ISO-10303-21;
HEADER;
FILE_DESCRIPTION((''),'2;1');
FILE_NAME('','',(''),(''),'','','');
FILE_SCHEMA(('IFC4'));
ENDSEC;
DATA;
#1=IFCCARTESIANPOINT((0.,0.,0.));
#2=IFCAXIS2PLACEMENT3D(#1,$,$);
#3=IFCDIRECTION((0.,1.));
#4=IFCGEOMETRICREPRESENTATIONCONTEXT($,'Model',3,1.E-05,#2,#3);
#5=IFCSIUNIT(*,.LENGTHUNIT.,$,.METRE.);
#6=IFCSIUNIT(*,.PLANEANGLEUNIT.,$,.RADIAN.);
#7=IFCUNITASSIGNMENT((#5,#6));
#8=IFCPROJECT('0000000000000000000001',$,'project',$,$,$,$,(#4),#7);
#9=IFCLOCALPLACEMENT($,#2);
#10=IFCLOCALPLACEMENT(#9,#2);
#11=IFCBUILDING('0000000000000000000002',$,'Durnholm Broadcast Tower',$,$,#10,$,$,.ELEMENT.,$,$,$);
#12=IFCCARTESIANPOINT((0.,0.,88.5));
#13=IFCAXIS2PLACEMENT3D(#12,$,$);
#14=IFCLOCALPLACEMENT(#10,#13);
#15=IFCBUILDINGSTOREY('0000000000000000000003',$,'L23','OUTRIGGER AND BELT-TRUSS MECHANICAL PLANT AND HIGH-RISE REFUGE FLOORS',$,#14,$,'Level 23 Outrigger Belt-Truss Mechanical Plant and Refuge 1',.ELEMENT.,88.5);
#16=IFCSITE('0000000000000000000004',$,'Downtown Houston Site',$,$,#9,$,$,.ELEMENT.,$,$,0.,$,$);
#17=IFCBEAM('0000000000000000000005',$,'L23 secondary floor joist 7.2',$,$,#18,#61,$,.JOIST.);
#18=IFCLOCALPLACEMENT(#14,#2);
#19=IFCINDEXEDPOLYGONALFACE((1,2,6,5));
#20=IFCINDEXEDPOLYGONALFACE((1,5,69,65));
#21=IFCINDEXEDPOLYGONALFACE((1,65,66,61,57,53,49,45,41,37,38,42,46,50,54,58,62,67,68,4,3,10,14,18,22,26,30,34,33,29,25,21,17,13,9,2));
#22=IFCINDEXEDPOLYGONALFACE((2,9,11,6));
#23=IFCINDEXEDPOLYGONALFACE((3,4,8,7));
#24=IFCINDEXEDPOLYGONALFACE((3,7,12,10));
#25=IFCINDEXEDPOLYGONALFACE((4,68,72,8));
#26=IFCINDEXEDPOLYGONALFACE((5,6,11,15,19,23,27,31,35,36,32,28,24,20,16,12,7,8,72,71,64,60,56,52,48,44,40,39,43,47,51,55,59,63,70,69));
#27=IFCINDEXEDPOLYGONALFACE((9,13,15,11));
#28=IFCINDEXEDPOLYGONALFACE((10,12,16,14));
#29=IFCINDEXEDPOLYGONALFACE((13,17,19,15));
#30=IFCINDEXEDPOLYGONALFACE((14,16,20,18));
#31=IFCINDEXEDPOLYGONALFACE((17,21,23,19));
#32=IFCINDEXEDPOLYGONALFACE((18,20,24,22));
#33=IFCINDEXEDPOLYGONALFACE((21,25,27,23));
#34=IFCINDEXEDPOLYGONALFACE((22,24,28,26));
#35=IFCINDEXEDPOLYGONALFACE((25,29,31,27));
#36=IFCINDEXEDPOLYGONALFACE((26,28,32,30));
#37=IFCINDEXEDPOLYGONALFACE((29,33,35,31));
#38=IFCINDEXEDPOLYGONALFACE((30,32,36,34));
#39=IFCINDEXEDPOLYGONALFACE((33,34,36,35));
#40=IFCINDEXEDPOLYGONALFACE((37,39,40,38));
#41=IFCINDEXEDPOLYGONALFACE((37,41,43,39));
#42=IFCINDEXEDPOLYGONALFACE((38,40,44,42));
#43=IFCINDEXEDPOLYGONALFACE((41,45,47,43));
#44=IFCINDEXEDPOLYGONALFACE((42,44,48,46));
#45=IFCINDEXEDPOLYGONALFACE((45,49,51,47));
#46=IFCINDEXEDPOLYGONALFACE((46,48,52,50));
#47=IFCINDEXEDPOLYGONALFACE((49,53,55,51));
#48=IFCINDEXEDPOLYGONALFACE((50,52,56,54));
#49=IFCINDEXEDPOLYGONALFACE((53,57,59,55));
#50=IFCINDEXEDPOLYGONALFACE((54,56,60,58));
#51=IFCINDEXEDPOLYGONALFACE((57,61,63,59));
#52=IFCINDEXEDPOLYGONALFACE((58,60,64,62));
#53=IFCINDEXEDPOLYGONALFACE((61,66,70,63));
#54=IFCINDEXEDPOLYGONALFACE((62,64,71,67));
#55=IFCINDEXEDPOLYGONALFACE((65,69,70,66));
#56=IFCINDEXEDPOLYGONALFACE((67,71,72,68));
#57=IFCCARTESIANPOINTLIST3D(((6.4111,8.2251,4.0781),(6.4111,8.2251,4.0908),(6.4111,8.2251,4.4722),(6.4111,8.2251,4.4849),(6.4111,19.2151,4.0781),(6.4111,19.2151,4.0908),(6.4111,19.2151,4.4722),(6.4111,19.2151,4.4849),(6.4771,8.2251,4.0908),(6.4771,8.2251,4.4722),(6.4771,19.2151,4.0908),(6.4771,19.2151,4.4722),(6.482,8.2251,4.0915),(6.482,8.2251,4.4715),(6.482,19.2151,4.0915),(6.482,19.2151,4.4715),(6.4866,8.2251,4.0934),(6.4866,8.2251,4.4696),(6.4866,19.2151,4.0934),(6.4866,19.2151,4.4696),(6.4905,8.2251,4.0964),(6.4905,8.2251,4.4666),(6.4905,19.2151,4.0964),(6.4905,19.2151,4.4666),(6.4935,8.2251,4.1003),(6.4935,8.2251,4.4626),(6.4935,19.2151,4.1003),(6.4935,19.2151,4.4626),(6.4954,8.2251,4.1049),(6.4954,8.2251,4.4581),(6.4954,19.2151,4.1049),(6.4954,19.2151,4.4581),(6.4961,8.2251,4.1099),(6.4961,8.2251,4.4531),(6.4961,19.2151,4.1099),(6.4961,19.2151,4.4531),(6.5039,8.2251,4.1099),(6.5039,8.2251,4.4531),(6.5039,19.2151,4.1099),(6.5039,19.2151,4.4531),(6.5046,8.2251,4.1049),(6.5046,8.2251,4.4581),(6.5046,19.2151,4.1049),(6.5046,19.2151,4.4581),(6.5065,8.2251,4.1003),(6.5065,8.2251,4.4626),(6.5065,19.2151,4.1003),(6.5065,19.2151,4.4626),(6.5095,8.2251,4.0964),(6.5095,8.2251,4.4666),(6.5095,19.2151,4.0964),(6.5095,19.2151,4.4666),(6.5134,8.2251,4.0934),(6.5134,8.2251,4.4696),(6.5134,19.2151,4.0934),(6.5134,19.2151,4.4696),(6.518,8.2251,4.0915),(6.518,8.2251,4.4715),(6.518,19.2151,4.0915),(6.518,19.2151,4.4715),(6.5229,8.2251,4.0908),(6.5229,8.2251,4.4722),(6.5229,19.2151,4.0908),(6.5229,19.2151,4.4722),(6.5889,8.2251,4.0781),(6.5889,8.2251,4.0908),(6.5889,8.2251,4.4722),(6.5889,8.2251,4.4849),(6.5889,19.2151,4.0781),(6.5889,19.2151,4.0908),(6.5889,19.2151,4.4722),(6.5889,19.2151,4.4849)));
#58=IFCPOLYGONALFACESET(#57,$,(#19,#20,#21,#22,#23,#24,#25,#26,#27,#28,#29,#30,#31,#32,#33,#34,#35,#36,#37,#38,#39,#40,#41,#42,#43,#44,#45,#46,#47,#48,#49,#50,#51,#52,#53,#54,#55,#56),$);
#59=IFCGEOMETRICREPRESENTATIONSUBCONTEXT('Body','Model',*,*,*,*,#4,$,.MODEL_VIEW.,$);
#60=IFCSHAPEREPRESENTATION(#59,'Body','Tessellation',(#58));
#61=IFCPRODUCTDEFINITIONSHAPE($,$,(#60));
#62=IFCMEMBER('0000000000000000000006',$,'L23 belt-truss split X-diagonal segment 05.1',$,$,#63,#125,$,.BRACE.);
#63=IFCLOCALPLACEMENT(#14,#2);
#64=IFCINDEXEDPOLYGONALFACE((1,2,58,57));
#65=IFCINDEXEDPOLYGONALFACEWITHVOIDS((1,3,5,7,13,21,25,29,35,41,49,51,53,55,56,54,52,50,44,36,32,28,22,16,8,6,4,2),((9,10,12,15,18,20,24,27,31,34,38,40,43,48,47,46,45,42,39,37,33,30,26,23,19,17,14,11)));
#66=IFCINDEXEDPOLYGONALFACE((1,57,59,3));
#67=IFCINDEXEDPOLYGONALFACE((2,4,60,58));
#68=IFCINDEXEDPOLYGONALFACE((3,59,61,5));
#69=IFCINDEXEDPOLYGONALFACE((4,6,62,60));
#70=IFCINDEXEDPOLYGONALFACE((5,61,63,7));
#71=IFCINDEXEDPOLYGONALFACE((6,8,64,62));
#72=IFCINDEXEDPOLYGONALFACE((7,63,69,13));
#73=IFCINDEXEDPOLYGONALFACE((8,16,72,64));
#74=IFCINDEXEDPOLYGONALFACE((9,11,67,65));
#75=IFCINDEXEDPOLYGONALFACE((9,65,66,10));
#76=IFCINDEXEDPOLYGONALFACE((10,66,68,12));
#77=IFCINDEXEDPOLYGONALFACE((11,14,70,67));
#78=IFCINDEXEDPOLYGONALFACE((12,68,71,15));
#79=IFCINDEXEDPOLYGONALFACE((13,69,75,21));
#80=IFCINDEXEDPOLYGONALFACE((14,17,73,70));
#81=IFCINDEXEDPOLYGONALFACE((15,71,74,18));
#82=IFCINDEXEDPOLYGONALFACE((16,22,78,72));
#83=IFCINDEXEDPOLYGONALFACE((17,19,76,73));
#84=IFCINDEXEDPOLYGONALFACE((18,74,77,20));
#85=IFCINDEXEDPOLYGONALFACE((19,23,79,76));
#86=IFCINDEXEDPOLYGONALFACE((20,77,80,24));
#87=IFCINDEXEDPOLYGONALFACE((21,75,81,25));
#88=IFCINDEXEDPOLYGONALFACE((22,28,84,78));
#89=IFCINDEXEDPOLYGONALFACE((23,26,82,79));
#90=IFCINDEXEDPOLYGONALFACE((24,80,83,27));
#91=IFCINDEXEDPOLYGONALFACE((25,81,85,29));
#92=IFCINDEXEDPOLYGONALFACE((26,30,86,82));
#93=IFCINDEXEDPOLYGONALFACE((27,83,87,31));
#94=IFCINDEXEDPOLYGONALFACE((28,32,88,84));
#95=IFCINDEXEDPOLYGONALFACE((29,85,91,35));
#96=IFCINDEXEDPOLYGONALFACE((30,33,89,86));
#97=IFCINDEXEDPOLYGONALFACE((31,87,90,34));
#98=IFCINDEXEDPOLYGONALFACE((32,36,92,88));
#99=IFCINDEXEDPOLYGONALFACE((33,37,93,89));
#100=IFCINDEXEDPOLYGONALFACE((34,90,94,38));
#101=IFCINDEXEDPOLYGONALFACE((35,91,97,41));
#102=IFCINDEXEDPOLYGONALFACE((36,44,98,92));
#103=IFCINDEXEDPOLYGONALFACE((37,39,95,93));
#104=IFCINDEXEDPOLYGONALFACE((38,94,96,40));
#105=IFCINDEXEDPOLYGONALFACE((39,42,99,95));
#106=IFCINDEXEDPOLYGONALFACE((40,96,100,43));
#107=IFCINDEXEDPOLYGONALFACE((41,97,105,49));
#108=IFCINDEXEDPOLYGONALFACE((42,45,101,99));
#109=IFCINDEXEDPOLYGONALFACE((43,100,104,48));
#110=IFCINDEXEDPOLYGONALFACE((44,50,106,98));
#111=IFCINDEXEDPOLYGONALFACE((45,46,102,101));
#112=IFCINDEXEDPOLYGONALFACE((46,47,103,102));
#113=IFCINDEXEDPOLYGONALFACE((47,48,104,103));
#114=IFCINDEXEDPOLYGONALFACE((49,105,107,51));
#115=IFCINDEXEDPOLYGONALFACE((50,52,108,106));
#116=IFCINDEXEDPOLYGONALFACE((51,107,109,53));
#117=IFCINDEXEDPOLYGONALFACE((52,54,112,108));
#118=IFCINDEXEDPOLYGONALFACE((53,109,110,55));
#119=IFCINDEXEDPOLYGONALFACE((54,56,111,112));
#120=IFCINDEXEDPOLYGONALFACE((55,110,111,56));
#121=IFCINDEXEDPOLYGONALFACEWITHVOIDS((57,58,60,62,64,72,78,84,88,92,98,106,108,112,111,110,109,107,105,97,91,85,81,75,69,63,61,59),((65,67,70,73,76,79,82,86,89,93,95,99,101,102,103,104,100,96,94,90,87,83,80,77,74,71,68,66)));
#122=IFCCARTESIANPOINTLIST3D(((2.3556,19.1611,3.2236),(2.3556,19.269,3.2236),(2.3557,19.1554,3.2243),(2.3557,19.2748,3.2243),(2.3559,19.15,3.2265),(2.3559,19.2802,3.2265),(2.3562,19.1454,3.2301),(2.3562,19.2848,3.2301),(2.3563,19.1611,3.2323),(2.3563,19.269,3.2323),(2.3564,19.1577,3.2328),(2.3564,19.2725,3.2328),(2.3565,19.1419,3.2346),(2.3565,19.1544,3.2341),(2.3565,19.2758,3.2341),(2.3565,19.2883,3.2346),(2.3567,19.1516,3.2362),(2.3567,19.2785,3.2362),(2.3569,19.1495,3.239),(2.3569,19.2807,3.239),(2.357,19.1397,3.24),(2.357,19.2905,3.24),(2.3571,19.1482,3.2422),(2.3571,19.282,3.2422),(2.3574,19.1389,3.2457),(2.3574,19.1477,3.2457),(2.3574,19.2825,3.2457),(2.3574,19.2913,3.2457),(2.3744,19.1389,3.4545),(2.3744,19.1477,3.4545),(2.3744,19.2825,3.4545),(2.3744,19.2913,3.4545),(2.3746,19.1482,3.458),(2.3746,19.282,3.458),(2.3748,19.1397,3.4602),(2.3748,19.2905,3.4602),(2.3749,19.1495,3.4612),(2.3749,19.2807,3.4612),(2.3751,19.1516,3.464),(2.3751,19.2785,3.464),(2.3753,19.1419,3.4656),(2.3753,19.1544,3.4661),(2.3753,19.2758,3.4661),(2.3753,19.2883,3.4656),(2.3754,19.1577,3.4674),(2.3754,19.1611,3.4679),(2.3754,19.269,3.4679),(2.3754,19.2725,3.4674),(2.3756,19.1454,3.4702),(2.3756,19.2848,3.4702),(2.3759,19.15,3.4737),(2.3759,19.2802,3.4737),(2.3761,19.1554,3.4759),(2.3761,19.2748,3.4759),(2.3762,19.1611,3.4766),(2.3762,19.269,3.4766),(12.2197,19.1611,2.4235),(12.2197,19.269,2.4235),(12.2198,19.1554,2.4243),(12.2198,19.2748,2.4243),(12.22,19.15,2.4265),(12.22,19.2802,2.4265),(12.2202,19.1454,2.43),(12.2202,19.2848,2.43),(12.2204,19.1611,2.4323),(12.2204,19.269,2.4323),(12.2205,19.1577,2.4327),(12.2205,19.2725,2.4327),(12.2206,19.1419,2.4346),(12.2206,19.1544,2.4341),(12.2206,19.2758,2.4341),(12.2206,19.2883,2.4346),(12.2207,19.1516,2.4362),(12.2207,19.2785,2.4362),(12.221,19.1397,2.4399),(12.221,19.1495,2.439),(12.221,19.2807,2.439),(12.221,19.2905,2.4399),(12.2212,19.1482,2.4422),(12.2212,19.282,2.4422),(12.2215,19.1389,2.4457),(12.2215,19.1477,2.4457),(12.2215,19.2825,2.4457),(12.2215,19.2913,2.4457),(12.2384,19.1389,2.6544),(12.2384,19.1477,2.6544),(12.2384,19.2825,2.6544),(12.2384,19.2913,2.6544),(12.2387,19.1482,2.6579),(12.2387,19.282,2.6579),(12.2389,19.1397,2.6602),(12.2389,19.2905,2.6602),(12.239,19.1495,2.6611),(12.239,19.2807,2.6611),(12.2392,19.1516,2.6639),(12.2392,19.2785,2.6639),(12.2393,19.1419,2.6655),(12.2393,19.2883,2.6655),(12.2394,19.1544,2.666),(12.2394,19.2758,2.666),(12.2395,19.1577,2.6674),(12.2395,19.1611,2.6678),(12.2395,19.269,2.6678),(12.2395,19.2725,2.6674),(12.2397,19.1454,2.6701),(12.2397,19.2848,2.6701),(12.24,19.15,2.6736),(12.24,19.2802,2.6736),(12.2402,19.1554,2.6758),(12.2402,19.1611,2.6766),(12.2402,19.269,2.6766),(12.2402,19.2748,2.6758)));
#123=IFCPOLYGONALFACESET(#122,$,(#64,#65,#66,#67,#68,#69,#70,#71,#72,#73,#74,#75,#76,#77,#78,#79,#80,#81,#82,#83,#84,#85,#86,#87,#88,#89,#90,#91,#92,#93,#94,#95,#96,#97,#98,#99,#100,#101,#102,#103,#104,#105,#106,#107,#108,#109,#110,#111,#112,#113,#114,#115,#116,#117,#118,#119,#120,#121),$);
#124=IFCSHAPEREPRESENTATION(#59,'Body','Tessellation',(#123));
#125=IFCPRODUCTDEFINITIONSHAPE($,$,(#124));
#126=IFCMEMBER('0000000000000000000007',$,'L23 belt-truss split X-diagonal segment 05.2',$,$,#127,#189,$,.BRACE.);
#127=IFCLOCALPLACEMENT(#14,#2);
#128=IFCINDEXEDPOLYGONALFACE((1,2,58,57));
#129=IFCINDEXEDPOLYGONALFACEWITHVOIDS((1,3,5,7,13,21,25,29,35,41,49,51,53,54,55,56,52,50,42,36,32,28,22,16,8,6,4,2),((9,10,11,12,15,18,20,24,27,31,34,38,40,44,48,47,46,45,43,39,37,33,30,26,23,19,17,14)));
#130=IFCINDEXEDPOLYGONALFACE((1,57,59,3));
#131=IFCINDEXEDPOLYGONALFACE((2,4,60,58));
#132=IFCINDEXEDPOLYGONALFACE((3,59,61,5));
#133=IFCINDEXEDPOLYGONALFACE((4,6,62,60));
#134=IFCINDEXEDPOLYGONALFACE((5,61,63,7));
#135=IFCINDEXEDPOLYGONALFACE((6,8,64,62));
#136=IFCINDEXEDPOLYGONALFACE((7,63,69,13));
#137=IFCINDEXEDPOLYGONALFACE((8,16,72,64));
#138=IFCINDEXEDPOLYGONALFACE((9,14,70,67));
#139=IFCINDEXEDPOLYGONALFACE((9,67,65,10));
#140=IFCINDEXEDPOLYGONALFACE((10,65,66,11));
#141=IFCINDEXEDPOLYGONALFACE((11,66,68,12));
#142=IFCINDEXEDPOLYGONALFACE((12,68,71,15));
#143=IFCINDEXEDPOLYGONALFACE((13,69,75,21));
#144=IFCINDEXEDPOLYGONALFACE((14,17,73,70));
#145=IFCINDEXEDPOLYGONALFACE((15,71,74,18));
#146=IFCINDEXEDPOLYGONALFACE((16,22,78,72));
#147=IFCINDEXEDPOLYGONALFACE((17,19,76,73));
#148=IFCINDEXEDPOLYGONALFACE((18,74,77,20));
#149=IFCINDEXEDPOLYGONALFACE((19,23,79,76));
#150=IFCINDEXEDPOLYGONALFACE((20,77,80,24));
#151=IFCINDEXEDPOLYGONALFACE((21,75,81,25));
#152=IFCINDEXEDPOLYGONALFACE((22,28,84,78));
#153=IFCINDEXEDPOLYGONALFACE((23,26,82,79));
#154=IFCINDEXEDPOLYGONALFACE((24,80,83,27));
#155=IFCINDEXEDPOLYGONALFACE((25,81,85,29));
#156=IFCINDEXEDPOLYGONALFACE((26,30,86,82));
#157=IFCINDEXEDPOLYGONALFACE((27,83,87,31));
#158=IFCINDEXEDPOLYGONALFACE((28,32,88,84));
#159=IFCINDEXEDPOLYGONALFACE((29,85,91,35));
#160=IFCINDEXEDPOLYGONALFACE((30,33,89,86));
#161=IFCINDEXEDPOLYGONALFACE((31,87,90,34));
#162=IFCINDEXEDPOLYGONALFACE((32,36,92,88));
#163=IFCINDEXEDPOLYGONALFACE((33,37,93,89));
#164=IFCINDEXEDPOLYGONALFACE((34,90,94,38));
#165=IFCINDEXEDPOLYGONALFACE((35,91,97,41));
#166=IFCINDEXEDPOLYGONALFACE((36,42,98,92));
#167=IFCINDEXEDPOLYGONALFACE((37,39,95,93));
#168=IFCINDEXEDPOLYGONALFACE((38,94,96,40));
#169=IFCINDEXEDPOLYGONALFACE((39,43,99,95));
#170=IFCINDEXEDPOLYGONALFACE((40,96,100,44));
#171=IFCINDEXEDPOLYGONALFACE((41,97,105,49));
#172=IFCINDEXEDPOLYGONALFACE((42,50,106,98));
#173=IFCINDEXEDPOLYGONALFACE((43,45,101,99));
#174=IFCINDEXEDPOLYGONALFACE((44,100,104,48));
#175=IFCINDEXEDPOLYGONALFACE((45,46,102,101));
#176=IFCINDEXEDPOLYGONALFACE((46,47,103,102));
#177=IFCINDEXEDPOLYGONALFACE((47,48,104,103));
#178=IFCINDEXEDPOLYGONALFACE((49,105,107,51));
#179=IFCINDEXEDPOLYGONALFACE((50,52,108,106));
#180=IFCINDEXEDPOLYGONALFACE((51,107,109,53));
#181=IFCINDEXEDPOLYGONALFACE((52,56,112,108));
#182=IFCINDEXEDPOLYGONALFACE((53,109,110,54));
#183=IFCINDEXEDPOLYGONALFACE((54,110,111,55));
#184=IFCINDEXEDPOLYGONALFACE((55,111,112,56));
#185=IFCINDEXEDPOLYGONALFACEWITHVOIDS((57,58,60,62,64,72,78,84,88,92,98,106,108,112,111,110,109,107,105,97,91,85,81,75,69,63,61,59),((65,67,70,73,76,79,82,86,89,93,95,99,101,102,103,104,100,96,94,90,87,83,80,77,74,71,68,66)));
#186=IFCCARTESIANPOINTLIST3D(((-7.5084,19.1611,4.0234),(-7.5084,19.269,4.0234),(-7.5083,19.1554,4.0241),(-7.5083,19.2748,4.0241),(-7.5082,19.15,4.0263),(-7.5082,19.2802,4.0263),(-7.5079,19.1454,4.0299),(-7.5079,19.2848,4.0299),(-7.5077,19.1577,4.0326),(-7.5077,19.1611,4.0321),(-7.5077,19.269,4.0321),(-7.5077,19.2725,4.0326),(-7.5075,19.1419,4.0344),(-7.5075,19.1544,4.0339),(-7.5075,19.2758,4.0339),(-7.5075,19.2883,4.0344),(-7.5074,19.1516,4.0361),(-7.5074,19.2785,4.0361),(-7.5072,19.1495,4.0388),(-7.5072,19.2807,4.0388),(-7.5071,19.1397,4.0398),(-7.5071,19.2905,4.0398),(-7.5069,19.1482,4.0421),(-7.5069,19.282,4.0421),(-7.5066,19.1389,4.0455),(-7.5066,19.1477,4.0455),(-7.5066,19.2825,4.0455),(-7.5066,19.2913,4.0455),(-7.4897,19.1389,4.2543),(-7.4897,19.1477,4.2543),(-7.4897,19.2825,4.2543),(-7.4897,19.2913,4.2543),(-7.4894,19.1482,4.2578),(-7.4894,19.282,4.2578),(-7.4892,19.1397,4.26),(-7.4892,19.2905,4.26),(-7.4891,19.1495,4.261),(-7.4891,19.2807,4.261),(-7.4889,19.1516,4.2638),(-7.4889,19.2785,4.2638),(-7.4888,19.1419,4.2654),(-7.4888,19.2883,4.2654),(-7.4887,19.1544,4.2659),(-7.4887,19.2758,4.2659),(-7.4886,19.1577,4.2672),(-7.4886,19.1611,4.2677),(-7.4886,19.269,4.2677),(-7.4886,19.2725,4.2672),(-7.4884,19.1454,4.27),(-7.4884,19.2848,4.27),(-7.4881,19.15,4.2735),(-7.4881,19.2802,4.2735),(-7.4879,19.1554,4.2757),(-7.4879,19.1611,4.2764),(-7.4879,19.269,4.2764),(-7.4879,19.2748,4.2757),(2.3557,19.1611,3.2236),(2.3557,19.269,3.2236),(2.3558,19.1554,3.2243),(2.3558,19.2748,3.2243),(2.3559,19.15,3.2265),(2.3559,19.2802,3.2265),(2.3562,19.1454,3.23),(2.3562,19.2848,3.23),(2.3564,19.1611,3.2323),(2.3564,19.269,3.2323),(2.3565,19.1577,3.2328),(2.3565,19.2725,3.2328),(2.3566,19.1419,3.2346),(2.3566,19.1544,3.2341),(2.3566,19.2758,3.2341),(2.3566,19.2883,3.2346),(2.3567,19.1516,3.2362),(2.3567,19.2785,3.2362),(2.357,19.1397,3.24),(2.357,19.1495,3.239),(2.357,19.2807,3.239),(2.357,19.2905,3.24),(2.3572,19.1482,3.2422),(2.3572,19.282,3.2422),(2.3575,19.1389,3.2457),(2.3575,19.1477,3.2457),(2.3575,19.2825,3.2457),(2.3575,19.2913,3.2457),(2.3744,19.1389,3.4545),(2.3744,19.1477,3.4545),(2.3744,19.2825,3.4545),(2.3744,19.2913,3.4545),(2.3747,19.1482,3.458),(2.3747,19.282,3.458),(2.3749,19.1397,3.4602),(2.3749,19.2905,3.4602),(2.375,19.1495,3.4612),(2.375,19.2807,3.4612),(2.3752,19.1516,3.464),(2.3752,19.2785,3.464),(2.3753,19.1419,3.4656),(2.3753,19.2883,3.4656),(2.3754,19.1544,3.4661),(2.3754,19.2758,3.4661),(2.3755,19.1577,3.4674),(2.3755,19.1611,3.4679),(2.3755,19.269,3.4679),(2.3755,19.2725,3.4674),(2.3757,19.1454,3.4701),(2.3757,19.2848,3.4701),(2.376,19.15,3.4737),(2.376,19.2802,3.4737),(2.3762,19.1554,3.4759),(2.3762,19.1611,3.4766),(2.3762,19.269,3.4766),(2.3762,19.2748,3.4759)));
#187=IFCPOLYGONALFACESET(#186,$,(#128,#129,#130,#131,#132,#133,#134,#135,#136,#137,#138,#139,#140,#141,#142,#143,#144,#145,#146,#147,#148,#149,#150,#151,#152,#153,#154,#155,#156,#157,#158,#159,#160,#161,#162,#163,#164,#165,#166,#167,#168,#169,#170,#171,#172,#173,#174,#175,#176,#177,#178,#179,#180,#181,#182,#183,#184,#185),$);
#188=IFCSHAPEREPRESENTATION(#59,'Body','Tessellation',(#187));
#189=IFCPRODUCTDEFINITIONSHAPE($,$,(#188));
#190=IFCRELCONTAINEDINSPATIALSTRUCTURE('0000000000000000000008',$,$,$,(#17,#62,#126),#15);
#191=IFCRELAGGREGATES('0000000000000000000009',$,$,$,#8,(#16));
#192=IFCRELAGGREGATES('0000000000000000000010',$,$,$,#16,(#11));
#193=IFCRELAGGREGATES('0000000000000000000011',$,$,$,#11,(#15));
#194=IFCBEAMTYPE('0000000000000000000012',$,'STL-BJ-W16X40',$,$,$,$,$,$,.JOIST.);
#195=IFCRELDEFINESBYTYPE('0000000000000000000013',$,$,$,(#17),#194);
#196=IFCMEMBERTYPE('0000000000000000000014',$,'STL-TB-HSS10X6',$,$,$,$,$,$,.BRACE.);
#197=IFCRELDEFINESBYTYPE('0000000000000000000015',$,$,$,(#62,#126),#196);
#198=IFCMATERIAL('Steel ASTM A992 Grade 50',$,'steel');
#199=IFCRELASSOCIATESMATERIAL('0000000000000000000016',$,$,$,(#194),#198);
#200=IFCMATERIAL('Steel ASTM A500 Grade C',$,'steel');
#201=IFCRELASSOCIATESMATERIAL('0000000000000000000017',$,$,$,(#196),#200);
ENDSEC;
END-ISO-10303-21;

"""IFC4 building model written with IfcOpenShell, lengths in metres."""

from ifc_helpers import new_model, si_unit, direction, frame, origin, origin_2d, place, context, subcontext, project, spatial, hollow_rectangle, i_section, extrude, source, transform, mapped, material, material_profile, profile_set, type_object, type_shapes, element, save


model = new_model("IFC4")

# Units and contexts
model_context = context("Model", 3, precision=1e-05, world=origin(), true_north=direction((0.0, 1.0)))
body_context = subcontext(model_context, "Body", "Model", "MODEL_VIEW")
ifc_project = project(units=[si_unit("LENGTHUNIT", "METRE"), si_unit("PLANEANGLEUNIT", "RADIAN")], contexts=[model_context])

# Site, building, storey
site_placement = place(None, origin())
site = spatial("IfcSite", under=ifc_project, at=site_placement, Name="Downtown Houston Site", CompositionType="ELEMENT", RefElevation=0.0)
building_placement = place(site_placement, origin())
building = spatial("IfcBuilding", under=site, at=building_placement, Name="Durnholm Broadcast Tower", CompositionType="ELEMENT")
storey_placement = place(building_placement, frame((0.0, 0.0, 88.5)))
storey = spatial("IfcBuildingStorey", under=building, at=storey_placement, Name="L23", Description="OUTRIGGER AND BELT-TRUSS MECHANICAL PLANT AND HIGH-RISE REFUGE FLOORS", LongName="Level 23 Outrigger Belt-Truss Mechanical Plant and Refuge 1", CompositionType="ELEMENT", Elevation=88.5)

# Beam
ifc_material_1 = material(Name="Steel ASTM A992 Grade 50", Category="steel")
ifc_material_profile_1 = material_profile(ifc_material_1, i_section(OverallWidth=0.1777, OverallDepth=0.4067, WebThickness=0.0078, FlangeThickness=0.0127, FilletRadius=0.019, at=origin_2d()), Name="W16X40")
ifc_profile_set_1 = profile_set([ifc_material_profile_1], Name="Steel ASTM A992 Grade 50")
beam_type_1 = type_object("IfcBeamType", Name="STL-BJ-W16X40", PredefinedType="JOIST", material=ifc_profile_set_1)
shared_shape_1 = source(origin(), body_context, "Body", "SweptSolid", [
    extrude(i_section(OverallWidth=0.1777, OverallDepth=0.4067, WebThickness=0.0078, FlangeThickness=0.0127, FilletRadius=0.019, at=origin_2d()), origin(), (0.0, 0.0, 1.0), 10.99),
])
type_shapes(beam_type_1, [shared_shape_1])
beam_1_placement = place(storey_placement, frame((6.5, 8.2251, 4.2815), z_axis=(0.0, 1.0, 0.0), x_axis=(-1.0, 0.0, 0.0)))
element("IfcBeam", 1, at=beam_1_placement, inside=storey, type_object=beam_type_1, Name="L23 secondary floor joist 7.2", PredefinedType="JOIST", context=body_context, shape_type="MappedRepresentation", body=[
    mapped(shared_shape_1, transform((0.0, 0.0, 0.0), x_axis=(1.0, 0.0, 0.0), y_axis=(0.0, 1.0, 0.0), z_axis=(0.0, 0.0, 1.0), scale=1.0)),
])

# Members
ifc_material_2 = material(Name="Steel ASTM A500 Grade C", Category="steel")
ifc_material_profile_2 = material_profile(ifc_material_2, hollow_rectangle(XDim=0.1523, YDim=0.2539, WallThickness=0.0088, InnerFilletRadius=0.0134, OuterFilletRadius=0.0222, at=origin_2d()), Name="HSS10X6X3/8")
ifc_profile_set_2 = profile_set([ifc_material_profile_2], Name="Steel ASTM A500 Grade C")
member_type_1 = type_object("IfcMemberType", Name="STL-TB-HSS10X6", PredefinedType="BRACE", material=ifc_profile_set_2)
shared_shape_2 = source(origin(), body_context, "Body", "SweptSolid", [
    extrude(hollow_rectangle(XDim=0.1523, YDim=0.2539, WallThickness=0.0088, InnerFilletRadius=0.0134, OuterFilletRadius=0.0222, at=origin_2d()), origin(), (0.0, 0.0, 1.0), 9.8965),
])
type_shapes(member_type_1, [shared_shape_2])
for number, where, z_axis, x_axis, name in (
    (2, (12.23, 19.2151, 2.55), (-0.996727, 0.0, 0.080842), (0.0, -1.0, 0.0), "L23 belt-truss split X-diagonal segment 05.1"),
    (3, (2.366, 19.2151, 3.3501), (-0.996729, 0.0, 0.080818), (0.0, -1.0, 0.0), "L23 belt-truss split X-diagonal segment 05.2"),
):
    element("IfcMember", number, at=place(storey_placement, frame(where, z_axis=z_axis, x_axis=x_axis)), inside=storey, type_object=member_type_1, Name=name, PredefinedType="BRACE", context=body_context, shape_type="MappedRepresentation", body=[
        mapped(shared_shape_2, transform((0.0, 0.0, 0.0), x_axis=(1.0, 0.0, 0.0), y_axis=(0.0, 1.0, 0.0), z_axis=(0.0, 0.0, 1.0), scale=1.0)),
    ])

save(model, "model.ifc")
